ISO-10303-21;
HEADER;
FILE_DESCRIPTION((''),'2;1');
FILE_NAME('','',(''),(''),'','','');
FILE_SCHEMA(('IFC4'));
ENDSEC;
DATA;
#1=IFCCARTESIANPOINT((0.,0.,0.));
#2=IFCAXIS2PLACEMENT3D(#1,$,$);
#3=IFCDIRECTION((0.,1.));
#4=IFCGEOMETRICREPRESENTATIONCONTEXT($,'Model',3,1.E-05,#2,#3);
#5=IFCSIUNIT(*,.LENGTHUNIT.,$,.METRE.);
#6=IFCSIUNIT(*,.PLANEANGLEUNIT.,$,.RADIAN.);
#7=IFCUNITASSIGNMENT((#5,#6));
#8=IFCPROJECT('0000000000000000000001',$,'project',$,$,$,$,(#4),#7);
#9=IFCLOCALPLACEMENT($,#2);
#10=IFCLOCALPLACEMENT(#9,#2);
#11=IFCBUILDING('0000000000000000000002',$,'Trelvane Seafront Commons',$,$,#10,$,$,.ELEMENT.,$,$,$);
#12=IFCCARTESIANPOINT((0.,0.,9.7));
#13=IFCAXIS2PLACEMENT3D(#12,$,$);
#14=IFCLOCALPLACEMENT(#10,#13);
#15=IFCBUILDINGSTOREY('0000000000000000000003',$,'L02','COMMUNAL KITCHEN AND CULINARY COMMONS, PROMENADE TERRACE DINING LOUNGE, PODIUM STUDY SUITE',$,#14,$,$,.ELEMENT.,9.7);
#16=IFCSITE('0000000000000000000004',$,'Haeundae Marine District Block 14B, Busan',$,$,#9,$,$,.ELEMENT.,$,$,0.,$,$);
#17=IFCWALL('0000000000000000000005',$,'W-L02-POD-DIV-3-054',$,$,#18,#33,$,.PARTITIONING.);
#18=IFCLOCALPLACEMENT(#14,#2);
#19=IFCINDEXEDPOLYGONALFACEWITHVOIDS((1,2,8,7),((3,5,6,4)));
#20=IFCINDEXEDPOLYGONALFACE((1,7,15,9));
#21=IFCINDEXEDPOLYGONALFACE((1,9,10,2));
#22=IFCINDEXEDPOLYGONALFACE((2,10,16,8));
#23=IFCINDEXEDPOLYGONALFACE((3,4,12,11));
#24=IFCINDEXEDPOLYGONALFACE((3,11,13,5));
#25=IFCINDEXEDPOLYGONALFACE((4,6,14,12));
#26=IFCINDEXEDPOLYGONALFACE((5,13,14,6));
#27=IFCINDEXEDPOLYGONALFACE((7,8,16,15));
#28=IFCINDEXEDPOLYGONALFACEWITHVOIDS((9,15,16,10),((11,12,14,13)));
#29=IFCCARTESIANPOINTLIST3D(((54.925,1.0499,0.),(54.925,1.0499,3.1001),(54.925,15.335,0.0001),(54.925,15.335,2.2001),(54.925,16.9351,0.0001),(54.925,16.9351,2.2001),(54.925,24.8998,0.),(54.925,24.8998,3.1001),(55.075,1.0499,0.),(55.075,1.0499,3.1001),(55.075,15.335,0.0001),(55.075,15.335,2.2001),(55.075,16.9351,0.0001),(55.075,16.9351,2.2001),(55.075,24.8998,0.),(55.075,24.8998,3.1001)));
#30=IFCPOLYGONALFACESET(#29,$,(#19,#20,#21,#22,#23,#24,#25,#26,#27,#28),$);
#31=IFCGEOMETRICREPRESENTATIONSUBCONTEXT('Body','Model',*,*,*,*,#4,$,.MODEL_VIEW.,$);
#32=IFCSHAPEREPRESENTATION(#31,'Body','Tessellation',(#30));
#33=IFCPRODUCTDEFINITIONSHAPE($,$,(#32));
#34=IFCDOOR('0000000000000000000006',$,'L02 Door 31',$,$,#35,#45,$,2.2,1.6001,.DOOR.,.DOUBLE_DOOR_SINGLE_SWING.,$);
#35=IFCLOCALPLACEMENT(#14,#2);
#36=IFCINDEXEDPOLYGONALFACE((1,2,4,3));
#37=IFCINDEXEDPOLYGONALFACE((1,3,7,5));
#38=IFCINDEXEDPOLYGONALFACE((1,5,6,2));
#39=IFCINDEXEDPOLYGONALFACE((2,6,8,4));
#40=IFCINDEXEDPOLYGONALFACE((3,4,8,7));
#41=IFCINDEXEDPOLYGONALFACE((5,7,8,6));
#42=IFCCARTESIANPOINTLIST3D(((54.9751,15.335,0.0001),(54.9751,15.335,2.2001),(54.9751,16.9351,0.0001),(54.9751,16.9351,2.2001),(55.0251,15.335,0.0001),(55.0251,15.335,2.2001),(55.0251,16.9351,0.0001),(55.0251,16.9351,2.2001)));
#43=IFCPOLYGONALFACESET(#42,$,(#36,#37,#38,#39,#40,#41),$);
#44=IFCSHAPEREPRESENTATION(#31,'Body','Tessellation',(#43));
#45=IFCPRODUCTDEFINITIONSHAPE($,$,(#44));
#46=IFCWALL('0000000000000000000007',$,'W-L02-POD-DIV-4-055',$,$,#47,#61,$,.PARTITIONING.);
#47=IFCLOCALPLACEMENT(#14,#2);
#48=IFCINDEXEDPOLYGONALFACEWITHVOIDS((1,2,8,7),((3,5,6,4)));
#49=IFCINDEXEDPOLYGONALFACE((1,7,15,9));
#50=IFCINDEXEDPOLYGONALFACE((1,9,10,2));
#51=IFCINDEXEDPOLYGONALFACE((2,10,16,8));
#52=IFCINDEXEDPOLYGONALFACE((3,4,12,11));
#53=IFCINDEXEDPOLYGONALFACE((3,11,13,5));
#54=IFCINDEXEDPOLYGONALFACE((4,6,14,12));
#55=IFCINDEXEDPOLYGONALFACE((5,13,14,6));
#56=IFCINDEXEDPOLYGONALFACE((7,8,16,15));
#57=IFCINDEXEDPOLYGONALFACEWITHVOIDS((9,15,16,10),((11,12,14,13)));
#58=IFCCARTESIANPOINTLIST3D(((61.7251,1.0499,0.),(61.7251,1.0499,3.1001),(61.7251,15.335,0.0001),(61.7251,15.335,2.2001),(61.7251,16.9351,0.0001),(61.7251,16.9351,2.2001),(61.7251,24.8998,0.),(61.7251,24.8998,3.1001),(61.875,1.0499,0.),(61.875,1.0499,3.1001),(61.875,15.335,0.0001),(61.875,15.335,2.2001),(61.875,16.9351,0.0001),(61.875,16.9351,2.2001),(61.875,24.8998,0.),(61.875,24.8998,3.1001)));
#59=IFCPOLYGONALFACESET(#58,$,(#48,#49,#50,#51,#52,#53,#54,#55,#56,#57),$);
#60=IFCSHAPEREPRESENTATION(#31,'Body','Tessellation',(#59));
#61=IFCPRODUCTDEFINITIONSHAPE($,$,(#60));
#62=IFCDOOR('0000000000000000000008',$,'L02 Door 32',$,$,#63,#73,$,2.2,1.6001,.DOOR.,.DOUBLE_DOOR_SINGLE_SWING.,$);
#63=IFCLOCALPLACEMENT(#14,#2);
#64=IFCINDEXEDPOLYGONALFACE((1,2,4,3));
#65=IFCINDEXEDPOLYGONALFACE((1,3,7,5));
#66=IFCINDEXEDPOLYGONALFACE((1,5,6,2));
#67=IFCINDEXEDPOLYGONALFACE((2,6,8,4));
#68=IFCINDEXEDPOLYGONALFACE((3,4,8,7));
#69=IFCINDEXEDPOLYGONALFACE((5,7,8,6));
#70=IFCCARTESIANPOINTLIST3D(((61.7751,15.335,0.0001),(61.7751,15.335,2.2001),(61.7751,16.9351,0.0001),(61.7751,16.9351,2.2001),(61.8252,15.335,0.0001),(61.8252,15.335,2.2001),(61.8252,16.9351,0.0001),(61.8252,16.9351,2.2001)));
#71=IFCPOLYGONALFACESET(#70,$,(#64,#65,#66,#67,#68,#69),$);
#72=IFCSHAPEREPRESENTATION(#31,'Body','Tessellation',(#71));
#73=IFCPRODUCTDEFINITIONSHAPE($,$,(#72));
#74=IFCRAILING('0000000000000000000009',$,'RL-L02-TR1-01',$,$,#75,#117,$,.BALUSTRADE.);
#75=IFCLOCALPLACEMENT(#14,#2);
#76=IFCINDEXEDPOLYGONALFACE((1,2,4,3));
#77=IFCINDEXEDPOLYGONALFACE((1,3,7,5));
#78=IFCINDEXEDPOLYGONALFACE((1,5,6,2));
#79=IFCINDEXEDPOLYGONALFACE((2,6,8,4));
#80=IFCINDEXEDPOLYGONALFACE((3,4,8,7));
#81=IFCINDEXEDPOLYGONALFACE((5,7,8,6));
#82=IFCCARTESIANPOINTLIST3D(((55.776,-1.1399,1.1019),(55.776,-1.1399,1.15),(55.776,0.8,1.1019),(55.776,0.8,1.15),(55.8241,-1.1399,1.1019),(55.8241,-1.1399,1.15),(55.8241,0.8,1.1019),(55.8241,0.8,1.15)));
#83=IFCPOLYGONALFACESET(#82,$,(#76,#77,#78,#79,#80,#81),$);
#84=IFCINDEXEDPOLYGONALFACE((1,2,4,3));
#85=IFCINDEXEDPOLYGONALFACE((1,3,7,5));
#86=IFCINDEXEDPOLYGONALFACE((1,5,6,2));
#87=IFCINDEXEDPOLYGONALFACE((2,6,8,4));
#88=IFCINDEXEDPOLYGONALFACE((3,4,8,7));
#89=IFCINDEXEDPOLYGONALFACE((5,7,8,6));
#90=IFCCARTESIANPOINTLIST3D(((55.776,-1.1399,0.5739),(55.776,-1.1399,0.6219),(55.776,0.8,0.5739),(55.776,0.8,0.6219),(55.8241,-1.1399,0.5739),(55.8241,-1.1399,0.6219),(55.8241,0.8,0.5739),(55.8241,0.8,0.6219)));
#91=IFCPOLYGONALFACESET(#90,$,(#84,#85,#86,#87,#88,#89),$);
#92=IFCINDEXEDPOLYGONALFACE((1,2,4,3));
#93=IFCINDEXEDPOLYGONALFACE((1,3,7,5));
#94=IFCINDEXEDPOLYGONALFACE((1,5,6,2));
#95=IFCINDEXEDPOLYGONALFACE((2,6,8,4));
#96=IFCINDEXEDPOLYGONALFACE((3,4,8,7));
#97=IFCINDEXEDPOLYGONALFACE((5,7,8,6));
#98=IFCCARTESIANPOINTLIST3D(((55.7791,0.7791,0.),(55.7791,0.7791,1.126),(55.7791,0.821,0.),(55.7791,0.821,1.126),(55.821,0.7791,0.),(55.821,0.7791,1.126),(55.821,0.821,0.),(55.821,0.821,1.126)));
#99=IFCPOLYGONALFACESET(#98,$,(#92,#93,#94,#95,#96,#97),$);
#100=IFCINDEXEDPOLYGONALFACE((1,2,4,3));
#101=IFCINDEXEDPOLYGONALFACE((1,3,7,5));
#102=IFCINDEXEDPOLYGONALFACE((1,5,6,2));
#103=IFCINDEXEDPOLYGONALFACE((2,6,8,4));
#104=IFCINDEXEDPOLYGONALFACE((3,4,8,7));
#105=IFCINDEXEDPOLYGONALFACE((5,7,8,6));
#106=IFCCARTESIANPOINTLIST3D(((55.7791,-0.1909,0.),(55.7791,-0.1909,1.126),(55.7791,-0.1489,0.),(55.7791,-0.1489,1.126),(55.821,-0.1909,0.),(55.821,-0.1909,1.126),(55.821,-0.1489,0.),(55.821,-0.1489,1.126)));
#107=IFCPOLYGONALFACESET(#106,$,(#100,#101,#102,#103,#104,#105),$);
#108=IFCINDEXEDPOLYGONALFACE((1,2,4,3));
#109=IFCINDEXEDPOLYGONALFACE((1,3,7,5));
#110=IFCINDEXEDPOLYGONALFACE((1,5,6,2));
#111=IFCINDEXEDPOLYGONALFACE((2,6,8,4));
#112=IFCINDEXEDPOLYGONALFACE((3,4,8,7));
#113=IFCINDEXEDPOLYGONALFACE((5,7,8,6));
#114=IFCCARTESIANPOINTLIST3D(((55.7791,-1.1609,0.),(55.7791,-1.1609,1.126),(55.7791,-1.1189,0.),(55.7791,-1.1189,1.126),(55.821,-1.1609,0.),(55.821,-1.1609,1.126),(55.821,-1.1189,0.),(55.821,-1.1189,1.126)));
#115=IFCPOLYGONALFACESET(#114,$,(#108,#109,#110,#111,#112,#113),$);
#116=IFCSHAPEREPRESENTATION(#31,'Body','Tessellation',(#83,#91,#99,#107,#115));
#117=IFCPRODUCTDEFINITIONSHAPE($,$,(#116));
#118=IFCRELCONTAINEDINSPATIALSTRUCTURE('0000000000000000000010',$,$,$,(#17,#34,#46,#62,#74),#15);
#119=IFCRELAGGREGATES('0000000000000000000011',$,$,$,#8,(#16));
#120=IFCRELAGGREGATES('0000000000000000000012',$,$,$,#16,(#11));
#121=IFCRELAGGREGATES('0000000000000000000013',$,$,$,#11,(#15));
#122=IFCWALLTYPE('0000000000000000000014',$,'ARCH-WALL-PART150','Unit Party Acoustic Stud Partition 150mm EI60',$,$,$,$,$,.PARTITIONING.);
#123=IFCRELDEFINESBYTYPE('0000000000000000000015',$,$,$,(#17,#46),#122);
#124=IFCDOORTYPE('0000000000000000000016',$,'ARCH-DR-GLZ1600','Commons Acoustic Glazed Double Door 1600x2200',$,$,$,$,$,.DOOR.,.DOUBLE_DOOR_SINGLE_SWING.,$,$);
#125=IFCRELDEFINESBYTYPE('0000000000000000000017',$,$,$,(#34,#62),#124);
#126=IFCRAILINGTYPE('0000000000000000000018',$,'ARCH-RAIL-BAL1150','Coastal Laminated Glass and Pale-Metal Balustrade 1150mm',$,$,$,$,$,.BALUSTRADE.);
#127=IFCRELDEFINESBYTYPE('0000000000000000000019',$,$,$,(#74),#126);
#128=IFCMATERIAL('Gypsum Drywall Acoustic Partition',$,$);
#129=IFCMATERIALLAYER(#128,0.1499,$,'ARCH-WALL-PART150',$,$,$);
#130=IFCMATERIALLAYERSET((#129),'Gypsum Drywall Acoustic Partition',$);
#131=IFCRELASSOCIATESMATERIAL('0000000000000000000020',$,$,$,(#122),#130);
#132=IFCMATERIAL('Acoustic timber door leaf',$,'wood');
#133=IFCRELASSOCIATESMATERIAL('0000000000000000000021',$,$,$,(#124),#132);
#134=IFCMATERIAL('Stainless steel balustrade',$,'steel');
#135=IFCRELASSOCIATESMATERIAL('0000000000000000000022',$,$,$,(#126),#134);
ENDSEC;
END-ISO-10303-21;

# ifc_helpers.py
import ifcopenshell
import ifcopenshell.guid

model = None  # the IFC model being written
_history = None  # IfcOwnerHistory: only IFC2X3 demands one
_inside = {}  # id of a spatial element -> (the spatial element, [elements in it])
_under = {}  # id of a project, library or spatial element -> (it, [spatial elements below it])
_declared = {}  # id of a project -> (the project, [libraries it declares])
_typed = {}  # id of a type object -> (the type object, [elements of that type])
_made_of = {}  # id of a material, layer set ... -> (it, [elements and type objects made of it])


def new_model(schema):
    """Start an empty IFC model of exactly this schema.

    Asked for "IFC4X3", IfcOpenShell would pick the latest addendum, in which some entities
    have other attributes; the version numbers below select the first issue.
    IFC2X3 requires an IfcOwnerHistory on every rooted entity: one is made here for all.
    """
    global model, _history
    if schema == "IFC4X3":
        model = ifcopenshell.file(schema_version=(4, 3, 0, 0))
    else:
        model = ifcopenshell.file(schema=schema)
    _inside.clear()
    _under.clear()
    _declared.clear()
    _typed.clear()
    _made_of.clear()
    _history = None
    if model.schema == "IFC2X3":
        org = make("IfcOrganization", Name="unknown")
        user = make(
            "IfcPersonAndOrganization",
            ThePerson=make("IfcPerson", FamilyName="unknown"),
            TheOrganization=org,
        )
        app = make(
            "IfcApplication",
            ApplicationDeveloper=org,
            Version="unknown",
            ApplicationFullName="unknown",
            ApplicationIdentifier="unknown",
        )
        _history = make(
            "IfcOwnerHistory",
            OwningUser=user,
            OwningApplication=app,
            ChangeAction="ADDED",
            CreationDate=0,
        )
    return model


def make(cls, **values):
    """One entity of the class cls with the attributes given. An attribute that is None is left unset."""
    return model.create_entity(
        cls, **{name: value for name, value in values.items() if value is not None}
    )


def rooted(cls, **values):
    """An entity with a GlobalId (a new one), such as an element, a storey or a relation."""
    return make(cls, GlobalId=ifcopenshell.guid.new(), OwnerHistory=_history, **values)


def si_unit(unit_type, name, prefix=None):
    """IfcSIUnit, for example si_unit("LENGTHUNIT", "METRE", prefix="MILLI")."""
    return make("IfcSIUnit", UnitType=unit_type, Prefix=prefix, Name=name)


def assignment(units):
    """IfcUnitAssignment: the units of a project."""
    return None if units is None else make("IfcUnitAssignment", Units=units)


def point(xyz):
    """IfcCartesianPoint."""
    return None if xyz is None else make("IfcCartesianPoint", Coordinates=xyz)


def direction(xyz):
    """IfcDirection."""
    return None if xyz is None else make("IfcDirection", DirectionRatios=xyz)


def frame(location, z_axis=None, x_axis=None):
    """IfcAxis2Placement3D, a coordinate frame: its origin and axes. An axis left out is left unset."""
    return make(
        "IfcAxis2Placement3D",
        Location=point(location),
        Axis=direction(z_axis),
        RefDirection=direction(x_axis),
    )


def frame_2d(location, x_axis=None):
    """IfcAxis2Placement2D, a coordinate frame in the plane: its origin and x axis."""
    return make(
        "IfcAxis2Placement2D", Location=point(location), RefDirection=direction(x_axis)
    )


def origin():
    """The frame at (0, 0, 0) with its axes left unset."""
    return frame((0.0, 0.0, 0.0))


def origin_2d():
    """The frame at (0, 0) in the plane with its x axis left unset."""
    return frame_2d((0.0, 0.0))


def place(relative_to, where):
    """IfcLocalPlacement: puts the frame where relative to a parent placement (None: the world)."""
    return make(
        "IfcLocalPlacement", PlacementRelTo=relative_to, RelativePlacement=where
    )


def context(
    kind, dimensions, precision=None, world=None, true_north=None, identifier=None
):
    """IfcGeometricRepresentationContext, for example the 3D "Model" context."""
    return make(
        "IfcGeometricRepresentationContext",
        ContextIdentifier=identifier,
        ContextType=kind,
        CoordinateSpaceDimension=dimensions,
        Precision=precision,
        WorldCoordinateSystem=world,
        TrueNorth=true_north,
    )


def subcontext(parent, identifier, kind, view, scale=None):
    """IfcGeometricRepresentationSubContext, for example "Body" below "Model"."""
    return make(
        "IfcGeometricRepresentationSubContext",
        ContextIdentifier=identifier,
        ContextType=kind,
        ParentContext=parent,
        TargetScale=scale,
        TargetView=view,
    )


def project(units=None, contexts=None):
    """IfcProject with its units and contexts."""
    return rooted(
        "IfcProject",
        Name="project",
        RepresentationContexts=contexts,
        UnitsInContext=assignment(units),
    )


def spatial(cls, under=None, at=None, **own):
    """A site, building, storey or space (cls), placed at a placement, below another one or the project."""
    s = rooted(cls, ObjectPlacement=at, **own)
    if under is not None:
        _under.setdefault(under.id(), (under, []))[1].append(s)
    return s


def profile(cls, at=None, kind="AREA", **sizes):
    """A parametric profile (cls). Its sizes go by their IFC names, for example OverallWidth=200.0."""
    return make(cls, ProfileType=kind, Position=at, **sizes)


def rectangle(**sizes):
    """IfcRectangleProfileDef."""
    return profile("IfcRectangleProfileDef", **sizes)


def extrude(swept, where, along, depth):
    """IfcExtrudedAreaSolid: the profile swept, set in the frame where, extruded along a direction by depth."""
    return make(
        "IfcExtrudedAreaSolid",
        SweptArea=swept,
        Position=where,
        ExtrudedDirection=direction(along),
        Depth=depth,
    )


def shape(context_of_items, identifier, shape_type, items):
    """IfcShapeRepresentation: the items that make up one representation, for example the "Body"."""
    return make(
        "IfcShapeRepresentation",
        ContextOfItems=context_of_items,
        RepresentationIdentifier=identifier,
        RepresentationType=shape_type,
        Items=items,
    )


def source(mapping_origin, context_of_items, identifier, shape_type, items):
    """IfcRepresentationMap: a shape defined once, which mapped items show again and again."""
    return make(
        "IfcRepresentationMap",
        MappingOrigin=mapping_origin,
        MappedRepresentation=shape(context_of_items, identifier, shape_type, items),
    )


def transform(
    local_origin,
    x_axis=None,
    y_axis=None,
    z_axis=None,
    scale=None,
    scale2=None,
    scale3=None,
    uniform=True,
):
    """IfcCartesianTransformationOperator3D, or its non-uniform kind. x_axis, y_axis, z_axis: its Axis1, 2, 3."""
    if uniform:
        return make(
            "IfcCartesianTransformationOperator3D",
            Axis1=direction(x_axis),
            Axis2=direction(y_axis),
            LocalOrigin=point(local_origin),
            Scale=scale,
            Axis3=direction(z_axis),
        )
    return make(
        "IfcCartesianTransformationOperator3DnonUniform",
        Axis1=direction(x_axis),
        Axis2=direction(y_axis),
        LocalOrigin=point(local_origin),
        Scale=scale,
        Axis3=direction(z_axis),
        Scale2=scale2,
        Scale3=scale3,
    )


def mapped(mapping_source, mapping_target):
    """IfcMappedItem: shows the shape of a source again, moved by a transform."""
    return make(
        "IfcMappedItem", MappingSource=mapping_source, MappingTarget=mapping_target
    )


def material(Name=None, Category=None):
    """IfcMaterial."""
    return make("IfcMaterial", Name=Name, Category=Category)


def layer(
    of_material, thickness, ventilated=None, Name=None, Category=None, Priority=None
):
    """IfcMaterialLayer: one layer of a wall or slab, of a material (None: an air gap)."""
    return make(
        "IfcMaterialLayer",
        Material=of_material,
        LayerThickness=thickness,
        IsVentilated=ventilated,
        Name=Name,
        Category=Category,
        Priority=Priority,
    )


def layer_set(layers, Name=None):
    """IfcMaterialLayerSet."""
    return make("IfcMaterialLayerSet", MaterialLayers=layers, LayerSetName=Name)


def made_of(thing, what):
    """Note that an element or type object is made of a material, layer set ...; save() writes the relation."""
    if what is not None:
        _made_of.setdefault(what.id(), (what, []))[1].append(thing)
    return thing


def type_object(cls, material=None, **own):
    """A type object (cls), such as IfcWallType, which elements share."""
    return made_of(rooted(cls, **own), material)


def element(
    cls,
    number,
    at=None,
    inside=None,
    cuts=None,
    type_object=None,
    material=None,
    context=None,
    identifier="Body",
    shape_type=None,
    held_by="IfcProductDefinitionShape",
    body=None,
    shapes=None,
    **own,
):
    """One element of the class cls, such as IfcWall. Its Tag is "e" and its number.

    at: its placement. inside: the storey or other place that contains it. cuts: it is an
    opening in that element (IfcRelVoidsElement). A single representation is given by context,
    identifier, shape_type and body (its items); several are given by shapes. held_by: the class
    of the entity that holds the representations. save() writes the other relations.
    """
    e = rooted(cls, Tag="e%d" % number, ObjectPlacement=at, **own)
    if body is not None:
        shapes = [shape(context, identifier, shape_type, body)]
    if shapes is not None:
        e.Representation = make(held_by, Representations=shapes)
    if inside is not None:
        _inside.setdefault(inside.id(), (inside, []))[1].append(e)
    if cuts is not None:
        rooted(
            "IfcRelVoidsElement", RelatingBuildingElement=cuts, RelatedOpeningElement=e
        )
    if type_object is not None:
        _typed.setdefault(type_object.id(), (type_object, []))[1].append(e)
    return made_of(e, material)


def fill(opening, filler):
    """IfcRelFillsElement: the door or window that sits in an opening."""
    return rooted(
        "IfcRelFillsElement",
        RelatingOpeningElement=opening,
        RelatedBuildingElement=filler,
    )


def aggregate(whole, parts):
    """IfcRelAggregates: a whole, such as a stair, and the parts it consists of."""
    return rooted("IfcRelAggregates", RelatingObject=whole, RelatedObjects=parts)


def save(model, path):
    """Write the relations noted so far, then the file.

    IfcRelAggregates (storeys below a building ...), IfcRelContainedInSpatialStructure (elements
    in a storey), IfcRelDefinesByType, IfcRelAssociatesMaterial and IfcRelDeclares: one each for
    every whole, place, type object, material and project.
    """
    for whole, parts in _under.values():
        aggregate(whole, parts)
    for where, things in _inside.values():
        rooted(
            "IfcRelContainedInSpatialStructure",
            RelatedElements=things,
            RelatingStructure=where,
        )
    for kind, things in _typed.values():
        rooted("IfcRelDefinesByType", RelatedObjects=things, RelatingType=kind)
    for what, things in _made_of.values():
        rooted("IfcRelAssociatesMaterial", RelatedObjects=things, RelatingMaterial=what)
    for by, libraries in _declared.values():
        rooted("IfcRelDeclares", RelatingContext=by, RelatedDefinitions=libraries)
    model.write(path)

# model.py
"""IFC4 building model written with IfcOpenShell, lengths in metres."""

from ifc_helpers import new_model, si_unit, direction, frame, frame_2d, origin, origin_2d, place, context, subcontext, project, spatial, rectangle, extrude, source, transform, mapped, material, layer, layer_set, type_object, element, fill, save


model = new_model("IFC4")

# Units and contexts
model_context = context("Model", 3, precision=1e-05, world=origin(), true_north=direction((0.0, 1.0)))
body_context = subcontext(model_context, "Body", "Model", "MODEL_VIEW")
ifc_project = project(units=[si_unit("LENGTHUNIT", "METRE"), si_unit("PLANEANGLEUNIT", "RADIAN")], contexts=[model_context])

# Site, building, storey
site_placement = place(None, origin())
site = spatial("IfcSite", under=ifc_project, at=site_placement, Name="Haeundae Marine District Block 14B, Busan", CompositionType="ELEMENT", RefElevation=0.0)
building_placement = place(site_placement, origin())
building = spatial("IfcBuilding", under=site, at=building_placement, Name="Trelvane Seafront Commons", CompositionType="ELEMENT")
storey_placement = place(building_placement, frame((0.0, 0.0, 9.7)))
storey = spatial("IfcBuildingStorey", under=building, at=storey_placement, Name="L02", Description="COMMUNAL KITCHEN AND CULINARY COMMONS, PROMENADE TERRACE DINING LOUNGE, PODIUM STUDY SUITE", CompositionType="ELEMENT", Elevation=9.7)

# Walls, openings, doors
ifc_material_1 = material(Name="Gypsum Drywall Acoustic Partition")
ifc_layer_1 = layer(ifc_material_1, 0.1499, Name="ARCH-WALL-PART150")
ifc_layer_set_1 = layer_set([ifc_layer_1], Name="Gypsum Drywall Acoustic Partition")
wall_type_1 = type_object("IfcWallType", Name="ARCH-WALL-PART150", Description="Unit Party Acoustic Stud Partition 150mm EI60", PredefinedType="PARTITIONING", material=ifc_layer_set_1)
wall_1_placement = place(storey_placement, frame((55.0, 1.05, 0.0), z_axis=(0.0, 0.0, 1.0), x_axis=(0.0, 1.0, 0.0)))
wall_1 = element("IfcWall", 1, at=wall_1_placement, inside=storey, type_object=wall_type_1, Name="W-L02-POD-DIV-3-054", PredefinedType="PARTITIONING", context=body_context, shape_type="SweptSolid", body=[
    extrude(rectangle(XDim=23.8499, YDim=0.1499, at=frame_2d((11.9248, 0.0))), origin(), (0.0, 0.0, 1.0), 3.1001),
])
opening_1_placement = place(wall_1_placement, frame((14.2849, 0.0, 0.0)))
opening_1 = element("IfcOpeningElement", 2, at=opening_1_placement, cuts=wall_1, PredefinedType="OPENING", context=body_context, shape_type="SweptSolid", body=[
    extrude(rectangle(XDim=1.6001, YDim=2.2, at=frame_2d((0.8, 1.1001))), frame((0.0, 0.085, 0.0), z_axis=(0.0, -1.0, 0.0), x_axis=(1.0, 0.0, 0.0)), (0.0, 0.0, 1.0), 0.1699),
])
ifc_material_2 = material(Name="Acoustic timber door leaf", Category="wood")
door_type_1 = type_object("IfcDoorType", Name="ARCH-DR-GLZ1600", Description="Commons Acoustic Glazed Double Door 1600x2200", OperationType="DOUBLE_DOOR_SINGLE_SWING", PredefinedType="DOOR", material=ifc_material_2)
shared_shape_1 = source(origin(), body_context, "Body", "SweptSolid", [
    extrude(rectangle(XDim=1.6001, YDim=2.2, at=frame_2d((0.8, 1.1001))), frame((0.0, 0.0249, 0.0), z_axis=(0.0, -1.0, 0.0), x_axis=(1.0, 0.0, 0.0)), (0.0, 0.0, 1.0), 0.05),
])
door_1_placement = place(opening_1_placement, origin())
door_1 = element("IfcDoor", 3, at=door_1_placement, inside=storey, type_object=door_type_1, Name="L02 Door 31", OperationType="DOUBLE_DOOR_SINGLE_SWING", OverallHeight=2.2, OverallWidth=1.6001, PredefinedType="DOOR", context=body_context, shape_type="MappedRepresentation", body=[
    mapped(shared_shape_1, transform((0.0, 0.0, 0.0), x_axis=(1.0, 0.0, 0.0), y_axis=(0.0, 1.0, 0.0), z_axis=(0.0, 0.0, 1.0), scale=1.0)),
])
fill(opening_1, door_1)
wall_2_placement = place(storey_placement, frame((61.8, 1.05, 0.0), z_axis=(0.0, 0.0, 1.0), x_axis=(0.0, 1.0, 0.0)))
wall_2 = element("IfcWall", 4, at=wall_2_placement, inside=storey, type_object=wall_type_1, Name="W-L02-POD-DIV-4-055", PredefinedType="PARTITIONING", context=body_context, shape_type="SweptSolid", body=[
    extrude(rectangle(XDim=23.8499, YDim=0.1499, at=frame_2d((11.9248, 0.0))), origin(), (0.0, 0.0, 1.0), 3.1001),
])
opening_2_placement = place(wall_2_placement, frame((14.2849, 0.0, 0.0)))
opening_2 = element("IfcOpeningElement", 5, at=opening_2_placement, cuts=wall_2, PredefinedType="OPENING", context=body_context, shape_type="SweptSolid", body=[
    extrude(rectangle(XDim=1.6001, YDim=2.2, at=frame_2d((0.8, 1.1001))), frame((0.0, 0.085, 0.0), z_axis=(0.0, -1.0, 0.0), x_axis=(1.0, 0.0, 0.0)), (0.0, 0.0, 1.0), 0.1699),
])
door_2_placement = place(opening_2_placement, origin())
door_2 = element("IfcDoor", 6, at=door_2_placement, inside=storey, type_object=door_type_1, Name="L02 Door 32", OperationType="DOUBLE_DOOR_SINGLE_SWING", OverallHeight=2.2, OverallWidth=1.6001, PredefinedType="DOOR", context=body_context, shape_type="MappedRepresentation", body=[
    mapped(shared_shape_1, transform((0.0, 0.0, 0.0), x_axis=(1.0, 0.0, 0.0), y_axis=(0.0, 1.0, 0.0), z_axis=(0.0, 0.0, 1.0), scale=1.0)),
])
fill(opening_2, door_2)

# Railing
ifc_material_3 = material(Name="Stainless steel balustrade", Category="steel")
railing_type = type_object("IfcRailingType", Name="ARCH-RAIL-BAL1150", Description="Coastal Laminated Glass and Pale-Metal Balustrade 1150mm", PredefinedType="BALUSTRADE", material=ifc_material_3)
railing_1_placement = place(storey_placement, frame((55.8, 0.8, 0.0)))
element("IfcRailing", 7, at=railing_1_placement, inside=storey, type_object=railing_type, Name="RL-L02-TR1-01", PredefinedType="BALUSTRADE", context=body_context, shape_type="SweptSolid", body=[
    extrude(rectangle(XDim=0.0481, YDim=0.0481, at=origin_2d()), frame((0.0, 0.0, 1.126), z_axis=(0.0, -1.0, 0.0), x_axis=(1.0, 0.0, 0.0)), (0.0, 0.0, 1.0), 1.9399),
    extrude(rectangle(XDim=0.0481, YDim=0.0481, at=origin_2d()), frame((0.0, 0.0, 0.5979), z_axis=(0.0, -1.0, 0.0), x_axis=(1.0, 0.0, 0.0)), (0.0, 0.0, 1.0), 1.9399),
    extrude(rectangle(XDim=0.042, YDim=0.042, at=origin_2d()), origin(), (0.0, 0.0, 1.0), 1.126),
    extrude(rectangle(XDim=0.042, YDim=0.042, at=origin_2d()), frame((0.0, -0.97, 0.0)), (0.0, 0.0, 1.0), 1.126),
    extrude(rectangle(XDim=0.042, YDim=0.042, at=origin_2d()), frame((0.0, -1.9399, 0.0)), (0.0, 0.0, 1.0), 1.126),
])

save(model, "model.ifc")
